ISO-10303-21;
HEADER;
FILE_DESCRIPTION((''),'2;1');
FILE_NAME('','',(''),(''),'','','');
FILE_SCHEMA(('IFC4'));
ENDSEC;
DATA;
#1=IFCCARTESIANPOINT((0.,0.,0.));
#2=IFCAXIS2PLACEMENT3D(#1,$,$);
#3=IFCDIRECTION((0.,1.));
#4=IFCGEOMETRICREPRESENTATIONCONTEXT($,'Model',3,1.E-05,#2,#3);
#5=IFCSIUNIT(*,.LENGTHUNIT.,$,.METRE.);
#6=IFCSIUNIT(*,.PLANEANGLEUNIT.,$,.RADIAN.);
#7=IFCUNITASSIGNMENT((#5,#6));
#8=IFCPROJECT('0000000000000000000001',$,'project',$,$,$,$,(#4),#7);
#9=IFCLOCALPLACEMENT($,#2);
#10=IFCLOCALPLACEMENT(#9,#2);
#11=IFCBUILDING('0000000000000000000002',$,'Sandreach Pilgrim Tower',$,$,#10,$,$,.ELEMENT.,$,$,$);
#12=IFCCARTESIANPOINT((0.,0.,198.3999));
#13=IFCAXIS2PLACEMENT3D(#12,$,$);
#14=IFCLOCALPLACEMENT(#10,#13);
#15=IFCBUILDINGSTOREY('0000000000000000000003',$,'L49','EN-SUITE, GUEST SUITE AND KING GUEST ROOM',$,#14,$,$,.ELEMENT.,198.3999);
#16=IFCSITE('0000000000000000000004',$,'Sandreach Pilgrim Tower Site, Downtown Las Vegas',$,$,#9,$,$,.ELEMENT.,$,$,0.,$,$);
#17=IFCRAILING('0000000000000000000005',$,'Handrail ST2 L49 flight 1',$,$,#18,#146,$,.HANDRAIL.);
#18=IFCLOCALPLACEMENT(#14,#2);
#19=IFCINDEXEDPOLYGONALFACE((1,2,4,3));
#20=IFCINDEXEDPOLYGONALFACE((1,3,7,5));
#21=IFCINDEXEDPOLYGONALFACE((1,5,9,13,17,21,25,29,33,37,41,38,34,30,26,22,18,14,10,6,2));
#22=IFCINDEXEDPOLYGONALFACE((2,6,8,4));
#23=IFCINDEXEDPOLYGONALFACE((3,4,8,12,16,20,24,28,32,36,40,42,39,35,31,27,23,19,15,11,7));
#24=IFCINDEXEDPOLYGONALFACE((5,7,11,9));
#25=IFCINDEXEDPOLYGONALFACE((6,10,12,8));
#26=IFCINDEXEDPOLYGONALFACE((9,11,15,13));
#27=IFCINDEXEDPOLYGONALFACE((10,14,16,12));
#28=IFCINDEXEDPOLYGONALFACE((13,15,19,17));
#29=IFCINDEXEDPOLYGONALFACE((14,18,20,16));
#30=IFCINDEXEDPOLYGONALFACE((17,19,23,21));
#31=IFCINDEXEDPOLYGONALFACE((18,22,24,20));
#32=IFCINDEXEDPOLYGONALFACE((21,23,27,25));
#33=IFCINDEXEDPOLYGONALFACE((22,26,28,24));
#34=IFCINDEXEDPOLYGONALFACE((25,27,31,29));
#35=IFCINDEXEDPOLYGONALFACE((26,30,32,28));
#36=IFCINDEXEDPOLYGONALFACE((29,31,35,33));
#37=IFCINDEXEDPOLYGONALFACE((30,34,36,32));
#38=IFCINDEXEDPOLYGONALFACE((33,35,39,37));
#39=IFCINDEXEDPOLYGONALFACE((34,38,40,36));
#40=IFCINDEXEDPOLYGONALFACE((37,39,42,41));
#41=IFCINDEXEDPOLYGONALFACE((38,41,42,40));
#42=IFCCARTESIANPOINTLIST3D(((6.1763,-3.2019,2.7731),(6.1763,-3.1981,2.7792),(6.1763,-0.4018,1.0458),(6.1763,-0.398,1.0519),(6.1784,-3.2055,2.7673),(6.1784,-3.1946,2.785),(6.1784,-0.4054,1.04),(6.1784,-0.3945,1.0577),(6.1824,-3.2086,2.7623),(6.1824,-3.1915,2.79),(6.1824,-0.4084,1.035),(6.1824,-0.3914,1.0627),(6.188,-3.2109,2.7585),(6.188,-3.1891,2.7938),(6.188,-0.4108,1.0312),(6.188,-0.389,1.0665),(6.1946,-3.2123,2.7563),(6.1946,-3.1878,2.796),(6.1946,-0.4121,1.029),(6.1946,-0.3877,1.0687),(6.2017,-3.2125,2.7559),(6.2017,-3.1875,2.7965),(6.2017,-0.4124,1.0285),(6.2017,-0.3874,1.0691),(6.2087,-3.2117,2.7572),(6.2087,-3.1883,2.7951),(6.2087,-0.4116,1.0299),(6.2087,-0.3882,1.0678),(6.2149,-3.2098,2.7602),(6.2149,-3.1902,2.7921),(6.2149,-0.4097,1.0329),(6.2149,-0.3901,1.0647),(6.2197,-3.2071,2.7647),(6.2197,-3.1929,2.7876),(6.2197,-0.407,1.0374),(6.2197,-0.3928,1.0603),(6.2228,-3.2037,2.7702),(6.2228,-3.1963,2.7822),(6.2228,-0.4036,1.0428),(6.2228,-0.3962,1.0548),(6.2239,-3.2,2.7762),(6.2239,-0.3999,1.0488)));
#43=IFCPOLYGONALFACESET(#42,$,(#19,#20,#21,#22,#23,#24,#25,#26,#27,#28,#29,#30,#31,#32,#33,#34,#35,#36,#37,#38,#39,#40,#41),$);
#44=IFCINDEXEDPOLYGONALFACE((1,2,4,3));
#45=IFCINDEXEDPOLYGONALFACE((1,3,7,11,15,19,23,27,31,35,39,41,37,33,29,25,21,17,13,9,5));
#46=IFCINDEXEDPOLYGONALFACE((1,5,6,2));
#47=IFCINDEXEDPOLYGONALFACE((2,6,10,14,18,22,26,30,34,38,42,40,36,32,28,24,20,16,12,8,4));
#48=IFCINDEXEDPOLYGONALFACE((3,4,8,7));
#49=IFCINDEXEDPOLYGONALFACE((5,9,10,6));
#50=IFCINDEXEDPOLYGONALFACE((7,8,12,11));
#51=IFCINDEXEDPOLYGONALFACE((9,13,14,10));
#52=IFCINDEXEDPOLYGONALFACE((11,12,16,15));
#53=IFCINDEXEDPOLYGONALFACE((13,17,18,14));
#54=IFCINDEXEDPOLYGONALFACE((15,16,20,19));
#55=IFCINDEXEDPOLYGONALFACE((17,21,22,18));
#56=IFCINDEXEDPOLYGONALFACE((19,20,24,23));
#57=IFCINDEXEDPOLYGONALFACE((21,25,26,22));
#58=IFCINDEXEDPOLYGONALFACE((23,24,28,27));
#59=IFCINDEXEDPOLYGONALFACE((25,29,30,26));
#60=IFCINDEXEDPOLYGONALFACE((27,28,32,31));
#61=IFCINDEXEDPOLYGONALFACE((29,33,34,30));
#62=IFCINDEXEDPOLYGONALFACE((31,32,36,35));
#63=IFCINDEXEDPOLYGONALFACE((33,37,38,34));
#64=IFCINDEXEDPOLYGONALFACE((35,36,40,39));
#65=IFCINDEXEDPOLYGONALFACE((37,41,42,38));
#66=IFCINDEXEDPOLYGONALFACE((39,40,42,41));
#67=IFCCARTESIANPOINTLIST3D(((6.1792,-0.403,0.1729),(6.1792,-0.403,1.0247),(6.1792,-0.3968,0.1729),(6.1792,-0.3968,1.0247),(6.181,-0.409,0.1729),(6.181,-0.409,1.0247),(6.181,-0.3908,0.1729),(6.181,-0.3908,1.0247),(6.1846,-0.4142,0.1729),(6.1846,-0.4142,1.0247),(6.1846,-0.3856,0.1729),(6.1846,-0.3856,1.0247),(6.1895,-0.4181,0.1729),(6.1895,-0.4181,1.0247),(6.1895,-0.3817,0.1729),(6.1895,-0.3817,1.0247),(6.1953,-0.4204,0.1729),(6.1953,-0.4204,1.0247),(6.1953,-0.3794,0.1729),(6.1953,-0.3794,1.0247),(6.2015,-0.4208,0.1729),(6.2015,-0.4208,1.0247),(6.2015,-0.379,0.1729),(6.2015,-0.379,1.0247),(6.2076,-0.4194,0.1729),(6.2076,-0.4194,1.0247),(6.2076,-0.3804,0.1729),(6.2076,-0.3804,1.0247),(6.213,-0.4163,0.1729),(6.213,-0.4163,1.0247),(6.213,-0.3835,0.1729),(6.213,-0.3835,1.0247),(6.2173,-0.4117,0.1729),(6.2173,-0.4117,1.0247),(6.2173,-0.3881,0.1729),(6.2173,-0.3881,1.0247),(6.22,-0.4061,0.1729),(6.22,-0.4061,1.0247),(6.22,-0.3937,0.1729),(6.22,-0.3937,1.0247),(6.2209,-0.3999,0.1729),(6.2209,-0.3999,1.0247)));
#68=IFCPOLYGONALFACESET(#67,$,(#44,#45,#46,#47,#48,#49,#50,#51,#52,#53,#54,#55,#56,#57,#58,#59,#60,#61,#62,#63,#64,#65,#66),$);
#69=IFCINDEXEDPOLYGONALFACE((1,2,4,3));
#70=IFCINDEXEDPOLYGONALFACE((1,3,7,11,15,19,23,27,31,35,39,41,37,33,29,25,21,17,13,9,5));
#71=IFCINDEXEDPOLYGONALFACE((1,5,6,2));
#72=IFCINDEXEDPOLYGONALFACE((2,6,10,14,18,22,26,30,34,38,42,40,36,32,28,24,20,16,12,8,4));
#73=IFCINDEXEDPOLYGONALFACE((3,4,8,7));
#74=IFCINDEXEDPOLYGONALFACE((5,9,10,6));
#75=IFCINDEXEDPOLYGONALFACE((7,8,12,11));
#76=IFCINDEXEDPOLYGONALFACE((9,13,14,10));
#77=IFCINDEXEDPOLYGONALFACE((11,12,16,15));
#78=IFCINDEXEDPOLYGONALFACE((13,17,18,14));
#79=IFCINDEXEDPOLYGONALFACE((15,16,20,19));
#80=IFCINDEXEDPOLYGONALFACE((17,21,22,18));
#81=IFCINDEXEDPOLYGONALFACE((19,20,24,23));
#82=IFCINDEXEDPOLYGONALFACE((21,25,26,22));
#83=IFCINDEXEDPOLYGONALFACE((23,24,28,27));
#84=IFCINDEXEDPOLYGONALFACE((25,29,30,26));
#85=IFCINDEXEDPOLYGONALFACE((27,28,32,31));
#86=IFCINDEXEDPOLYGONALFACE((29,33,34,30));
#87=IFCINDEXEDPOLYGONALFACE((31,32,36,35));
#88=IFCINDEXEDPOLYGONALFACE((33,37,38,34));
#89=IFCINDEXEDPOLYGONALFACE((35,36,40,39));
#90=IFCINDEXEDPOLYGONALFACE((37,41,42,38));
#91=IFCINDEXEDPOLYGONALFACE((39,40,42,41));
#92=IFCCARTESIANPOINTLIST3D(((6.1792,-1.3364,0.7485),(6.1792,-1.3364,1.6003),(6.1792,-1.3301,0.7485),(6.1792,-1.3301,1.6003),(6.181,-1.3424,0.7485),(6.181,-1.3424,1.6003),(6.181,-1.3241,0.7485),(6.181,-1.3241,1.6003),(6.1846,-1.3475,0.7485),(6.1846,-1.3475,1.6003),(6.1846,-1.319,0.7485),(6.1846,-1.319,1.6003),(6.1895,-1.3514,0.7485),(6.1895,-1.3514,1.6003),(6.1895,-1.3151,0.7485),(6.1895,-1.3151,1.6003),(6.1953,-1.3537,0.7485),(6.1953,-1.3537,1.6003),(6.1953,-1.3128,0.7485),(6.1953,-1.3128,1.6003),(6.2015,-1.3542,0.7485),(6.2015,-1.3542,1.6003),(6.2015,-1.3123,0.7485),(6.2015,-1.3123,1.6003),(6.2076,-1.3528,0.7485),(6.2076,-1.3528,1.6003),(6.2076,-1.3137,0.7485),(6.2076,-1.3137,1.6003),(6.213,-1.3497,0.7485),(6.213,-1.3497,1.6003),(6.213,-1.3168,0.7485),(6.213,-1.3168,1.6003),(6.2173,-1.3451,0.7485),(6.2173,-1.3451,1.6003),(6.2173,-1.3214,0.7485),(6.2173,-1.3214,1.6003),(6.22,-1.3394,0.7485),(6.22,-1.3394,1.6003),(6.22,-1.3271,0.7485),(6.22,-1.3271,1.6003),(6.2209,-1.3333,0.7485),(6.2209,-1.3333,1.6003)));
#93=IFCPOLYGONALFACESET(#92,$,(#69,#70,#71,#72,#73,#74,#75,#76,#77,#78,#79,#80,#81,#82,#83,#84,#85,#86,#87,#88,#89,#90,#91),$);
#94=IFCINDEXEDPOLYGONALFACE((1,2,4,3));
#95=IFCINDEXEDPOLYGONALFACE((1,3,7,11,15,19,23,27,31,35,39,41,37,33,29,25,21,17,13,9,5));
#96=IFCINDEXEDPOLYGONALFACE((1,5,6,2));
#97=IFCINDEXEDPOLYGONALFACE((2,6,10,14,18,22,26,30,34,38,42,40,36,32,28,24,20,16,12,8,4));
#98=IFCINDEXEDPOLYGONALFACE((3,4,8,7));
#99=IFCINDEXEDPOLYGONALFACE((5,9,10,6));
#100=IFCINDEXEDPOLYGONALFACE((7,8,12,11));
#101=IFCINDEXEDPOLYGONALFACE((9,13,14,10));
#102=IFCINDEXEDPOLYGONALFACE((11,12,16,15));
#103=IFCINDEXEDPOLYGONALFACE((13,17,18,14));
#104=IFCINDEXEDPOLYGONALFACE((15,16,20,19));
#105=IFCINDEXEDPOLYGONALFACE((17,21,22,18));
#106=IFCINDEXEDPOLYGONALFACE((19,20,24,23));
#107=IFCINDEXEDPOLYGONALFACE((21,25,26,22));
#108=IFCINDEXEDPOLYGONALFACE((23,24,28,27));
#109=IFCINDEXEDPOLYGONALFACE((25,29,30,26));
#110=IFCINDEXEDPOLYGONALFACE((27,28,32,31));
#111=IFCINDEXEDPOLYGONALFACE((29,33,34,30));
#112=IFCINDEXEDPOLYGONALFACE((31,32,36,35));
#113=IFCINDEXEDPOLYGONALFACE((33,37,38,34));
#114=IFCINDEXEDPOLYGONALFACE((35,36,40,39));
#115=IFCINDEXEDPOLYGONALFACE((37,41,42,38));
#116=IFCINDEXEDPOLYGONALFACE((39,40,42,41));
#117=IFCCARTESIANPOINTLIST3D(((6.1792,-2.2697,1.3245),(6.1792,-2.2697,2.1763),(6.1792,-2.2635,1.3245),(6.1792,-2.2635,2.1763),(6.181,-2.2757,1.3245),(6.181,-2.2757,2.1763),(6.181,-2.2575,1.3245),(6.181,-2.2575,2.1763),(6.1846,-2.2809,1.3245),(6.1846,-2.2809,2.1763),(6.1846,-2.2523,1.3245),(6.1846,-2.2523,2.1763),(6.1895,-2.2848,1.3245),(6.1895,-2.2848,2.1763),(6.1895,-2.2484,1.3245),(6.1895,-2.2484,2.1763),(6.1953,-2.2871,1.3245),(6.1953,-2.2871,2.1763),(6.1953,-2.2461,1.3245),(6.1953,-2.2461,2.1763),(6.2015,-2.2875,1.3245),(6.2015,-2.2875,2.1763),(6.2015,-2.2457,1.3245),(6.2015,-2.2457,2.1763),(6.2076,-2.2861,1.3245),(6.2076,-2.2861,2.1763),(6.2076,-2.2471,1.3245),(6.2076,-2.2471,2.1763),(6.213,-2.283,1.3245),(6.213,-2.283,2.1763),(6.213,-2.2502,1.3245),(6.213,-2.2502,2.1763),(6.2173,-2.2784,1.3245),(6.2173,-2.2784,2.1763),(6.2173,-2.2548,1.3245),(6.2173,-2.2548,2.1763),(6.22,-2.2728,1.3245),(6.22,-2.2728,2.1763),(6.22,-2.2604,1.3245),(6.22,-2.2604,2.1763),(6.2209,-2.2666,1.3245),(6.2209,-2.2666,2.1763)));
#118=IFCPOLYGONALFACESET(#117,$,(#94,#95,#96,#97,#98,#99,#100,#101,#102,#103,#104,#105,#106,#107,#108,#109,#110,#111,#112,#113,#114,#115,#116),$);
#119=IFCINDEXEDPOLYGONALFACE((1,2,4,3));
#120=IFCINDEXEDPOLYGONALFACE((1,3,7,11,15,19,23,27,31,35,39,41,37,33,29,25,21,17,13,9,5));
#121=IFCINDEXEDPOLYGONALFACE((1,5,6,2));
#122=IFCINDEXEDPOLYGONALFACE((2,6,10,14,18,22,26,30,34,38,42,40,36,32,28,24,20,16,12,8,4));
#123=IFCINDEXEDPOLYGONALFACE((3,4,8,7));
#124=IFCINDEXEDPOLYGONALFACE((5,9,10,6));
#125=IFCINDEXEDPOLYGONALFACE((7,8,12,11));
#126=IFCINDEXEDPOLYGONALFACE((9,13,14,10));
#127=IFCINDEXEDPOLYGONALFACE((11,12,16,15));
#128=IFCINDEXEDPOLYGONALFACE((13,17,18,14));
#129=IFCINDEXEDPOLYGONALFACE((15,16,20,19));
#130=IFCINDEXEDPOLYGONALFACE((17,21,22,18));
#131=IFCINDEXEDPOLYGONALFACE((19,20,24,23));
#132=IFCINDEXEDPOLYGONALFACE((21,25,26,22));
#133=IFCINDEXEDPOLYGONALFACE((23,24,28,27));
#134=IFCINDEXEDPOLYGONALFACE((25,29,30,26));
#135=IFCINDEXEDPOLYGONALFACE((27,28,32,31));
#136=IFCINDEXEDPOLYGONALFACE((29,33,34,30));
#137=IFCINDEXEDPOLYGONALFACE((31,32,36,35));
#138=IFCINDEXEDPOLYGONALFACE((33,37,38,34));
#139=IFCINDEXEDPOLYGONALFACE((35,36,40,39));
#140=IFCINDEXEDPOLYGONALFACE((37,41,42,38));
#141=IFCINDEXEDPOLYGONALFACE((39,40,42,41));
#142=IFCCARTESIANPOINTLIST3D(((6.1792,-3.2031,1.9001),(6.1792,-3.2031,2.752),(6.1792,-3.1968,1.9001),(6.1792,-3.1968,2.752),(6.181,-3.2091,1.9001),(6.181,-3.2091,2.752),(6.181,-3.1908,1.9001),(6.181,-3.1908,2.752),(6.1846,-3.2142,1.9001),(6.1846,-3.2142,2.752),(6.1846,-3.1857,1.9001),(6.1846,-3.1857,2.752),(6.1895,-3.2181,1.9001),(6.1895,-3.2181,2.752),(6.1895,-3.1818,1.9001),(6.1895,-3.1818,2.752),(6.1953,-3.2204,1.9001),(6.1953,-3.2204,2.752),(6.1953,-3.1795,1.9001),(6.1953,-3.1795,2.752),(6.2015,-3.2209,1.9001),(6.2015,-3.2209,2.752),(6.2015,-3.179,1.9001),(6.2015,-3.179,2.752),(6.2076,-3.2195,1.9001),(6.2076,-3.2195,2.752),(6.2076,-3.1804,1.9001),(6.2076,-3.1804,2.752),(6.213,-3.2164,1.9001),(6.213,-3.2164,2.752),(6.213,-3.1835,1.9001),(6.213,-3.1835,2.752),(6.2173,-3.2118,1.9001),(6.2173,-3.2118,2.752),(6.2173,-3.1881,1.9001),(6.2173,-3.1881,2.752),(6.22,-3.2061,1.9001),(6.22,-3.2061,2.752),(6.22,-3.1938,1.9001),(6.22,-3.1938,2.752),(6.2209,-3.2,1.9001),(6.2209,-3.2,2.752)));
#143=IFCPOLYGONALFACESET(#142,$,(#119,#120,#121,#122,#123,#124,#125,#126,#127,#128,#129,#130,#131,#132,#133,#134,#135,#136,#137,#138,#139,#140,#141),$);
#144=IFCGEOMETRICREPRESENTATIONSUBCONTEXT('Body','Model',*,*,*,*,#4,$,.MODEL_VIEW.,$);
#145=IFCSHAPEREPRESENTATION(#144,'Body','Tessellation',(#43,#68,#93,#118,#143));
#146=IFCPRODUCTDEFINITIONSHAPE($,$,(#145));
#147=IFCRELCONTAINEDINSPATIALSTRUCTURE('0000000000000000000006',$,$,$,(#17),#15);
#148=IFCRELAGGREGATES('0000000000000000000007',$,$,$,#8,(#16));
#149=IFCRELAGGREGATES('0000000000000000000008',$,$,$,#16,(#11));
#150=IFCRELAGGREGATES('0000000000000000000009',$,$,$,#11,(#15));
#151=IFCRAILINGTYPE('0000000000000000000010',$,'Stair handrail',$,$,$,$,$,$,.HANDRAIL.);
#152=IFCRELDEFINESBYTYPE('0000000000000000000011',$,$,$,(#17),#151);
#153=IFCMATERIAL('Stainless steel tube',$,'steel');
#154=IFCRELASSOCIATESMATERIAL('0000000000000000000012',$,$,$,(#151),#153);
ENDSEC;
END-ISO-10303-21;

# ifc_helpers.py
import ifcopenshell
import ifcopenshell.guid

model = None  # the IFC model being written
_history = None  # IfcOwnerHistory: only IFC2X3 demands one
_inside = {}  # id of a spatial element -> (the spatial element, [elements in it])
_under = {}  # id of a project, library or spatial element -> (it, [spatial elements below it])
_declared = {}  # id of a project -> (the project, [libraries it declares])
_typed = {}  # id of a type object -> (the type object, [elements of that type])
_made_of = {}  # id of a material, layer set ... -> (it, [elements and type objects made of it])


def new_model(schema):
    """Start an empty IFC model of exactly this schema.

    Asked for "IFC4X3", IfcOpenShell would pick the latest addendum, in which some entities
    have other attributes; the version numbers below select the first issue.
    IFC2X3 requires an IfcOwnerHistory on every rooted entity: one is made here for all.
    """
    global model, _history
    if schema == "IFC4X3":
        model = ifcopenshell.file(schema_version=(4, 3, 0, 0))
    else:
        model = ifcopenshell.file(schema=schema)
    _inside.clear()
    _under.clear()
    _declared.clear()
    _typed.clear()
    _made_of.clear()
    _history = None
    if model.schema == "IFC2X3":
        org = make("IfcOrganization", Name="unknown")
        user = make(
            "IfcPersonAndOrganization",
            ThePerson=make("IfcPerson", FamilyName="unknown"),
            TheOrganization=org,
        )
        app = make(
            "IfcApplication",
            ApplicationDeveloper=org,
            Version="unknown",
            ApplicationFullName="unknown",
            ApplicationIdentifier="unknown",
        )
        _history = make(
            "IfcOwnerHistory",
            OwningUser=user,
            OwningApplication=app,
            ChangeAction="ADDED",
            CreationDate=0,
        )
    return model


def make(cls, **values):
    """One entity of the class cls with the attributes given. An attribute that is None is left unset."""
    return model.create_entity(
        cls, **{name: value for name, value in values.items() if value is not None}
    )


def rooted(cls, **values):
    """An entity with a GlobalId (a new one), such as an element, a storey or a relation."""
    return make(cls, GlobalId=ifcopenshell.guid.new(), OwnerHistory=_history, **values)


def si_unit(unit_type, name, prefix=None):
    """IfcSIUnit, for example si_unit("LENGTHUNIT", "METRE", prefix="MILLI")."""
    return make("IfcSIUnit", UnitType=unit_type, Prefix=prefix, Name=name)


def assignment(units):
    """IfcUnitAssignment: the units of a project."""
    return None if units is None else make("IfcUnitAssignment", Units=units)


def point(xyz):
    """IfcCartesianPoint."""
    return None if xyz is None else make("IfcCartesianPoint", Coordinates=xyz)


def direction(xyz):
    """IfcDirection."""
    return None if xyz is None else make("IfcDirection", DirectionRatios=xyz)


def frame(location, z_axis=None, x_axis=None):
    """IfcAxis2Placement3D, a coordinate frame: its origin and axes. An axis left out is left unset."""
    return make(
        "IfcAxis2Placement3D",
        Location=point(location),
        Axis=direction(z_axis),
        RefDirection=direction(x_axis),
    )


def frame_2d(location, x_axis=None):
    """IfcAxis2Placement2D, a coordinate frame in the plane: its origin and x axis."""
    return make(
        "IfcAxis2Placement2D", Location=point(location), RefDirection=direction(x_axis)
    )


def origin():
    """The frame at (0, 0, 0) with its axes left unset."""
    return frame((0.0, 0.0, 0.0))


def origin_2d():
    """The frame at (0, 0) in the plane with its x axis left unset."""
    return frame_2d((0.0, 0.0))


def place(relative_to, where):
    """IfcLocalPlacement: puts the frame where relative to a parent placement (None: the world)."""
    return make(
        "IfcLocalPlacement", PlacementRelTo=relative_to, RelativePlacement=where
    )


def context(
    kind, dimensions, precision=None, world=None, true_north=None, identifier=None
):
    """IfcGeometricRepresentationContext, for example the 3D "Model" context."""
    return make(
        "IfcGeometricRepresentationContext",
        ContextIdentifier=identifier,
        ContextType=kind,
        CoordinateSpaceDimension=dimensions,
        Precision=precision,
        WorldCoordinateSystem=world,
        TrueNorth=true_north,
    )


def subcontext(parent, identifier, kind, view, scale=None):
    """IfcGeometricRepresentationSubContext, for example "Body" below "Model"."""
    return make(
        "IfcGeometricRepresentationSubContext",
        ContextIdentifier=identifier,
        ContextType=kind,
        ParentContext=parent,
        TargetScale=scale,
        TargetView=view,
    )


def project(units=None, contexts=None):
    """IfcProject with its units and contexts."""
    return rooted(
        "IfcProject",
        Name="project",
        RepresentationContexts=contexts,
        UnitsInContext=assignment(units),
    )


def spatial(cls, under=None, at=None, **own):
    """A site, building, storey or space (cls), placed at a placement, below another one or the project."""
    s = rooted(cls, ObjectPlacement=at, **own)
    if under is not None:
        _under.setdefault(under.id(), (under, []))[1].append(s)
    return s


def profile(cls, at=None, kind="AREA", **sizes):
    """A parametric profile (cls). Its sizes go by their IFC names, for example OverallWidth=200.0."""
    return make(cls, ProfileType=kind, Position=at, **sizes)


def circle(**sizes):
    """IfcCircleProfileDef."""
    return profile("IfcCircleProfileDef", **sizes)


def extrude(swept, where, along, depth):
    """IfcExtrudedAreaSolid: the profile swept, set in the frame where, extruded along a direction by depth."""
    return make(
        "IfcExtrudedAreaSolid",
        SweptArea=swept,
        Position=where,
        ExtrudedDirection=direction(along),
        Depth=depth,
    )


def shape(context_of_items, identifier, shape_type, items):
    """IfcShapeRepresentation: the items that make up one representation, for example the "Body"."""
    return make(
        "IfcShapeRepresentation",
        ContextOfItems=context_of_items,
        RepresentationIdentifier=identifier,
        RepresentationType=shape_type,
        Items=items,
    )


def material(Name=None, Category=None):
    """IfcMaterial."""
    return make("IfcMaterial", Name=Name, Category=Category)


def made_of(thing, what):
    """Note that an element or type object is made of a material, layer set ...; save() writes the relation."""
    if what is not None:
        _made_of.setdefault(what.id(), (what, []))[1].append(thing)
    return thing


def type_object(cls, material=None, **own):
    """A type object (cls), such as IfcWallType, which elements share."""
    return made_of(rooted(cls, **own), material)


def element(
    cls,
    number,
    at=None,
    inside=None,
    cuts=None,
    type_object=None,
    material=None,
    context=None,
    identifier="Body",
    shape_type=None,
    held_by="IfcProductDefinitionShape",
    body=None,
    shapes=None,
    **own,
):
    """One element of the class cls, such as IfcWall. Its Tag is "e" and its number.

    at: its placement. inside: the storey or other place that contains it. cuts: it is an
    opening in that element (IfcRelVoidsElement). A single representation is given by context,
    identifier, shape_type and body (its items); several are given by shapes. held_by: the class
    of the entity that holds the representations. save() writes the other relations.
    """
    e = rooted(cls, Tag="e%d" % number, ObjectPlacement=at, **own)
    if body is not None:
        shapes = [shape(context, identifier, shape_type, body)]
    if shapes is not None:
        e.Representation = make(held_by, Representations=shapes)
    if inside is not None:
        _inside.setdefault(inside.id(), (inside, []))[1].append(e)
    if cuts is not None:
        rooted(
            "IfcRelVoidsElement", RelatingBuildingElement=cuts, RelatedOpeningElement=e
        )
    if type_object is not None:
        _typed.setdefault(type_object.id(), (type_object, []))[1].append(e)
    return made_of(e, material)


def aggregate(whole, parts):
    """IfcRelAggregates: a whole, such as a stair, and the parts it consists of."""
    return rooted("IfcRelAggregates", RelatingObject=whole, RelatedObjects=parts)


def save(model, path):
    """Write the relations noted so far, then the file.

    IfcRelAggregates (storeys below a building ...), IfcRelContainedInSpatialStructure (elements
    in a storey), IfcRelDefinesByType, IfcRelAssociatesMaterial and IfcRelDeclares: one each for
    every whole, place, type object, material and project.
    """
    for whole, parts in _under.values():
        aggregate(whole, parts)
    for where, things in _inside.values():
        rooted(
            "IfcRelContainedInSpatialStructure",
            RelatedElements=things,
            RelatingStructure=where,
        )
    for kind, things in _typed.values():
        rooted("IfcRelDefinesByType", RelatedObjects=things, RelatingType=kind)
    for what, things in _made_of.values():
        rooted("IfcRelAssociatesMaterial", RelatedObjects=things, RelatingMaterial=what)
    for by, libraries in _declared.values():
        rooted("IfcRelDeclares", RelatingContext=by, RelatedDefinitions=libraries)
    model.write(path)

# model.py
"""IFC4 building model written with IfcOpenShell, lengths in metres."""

from ifc_helpers import new_model, si_unit, direction, frame, origin, origin_2d, place, context, subcontext, project, spatial, circle, extrude, material, type_object, element, save


model = new_model("IFC4")

# Units and contexts
model_context = context("Model", 3, precision=1e-05, world=origin(), true_north=direction((0.0, 1.0)))
body_context = subcontext(model_context, "Body", "Model", "MODEL_VIEW")
ifc_project = project(units=[si_unit("LENGTHUNIT", "METRE"), si_unit("PLANEANGLEUNIT", "RADIAN")], contexts=[model_context])

# Site, building, storey
site_placement = place(None, origin())
site = spatial("IfcSite", under=ifc_project, at=site_placement, Name="Sandreach Pilgrim Tower Site, Downtown Las Vegas", CompositionType="ELEMENT", RefElevation=0.0)
building_placement = place(site_placement, origin())
building = spatial("IfcBuilding", under=site, at=building_placement, Name="Sandreach Pilgrim Tower", CompositionType="ELEMENT")
storey_placement = place(building_placement, frame((0.0, 0.0, 198.3999)))
storey = spatial("IfcBuildingStorey", under=building, at=storey_placement, Name="L49", Description="EN-SUITE, GUEST SUITE AND KING GUEST ROOM", CompositionType="ELEMENT", Elevation=198.3999)

# Railing
ifc_material_1 = material(Name="Stainless steel tube", Category="steel")
railing_type = type_object("IfcRailingType", Name="Stair handrail", PredefinedType="HANDRAIL", material=ifc_material_1)
for number, where, name in (
    (1, (6.2, -0.3999, 0.1729), "Handrail ST2 L49 flight 1"),
):
    element("IfcRailing", number, at=place(storey_placement, frame(where)), inside=storey, type_object=railing_type, Name=name, PredefinedType="HANDRAIL", context=body_context, shape_type="SweptSolid", body=[
        extrude(circle(Radius=0.0239, at=origin_2d()), frame((0.0, 0.0, 0.876), z_axis=(0.0, -0.85109, 0.52502), x_axis=(1.0, 0.0, 0.0)), (0.0, 0.0, 1.0), 3.29),
        extrude(circle(Radius=0.021, at=origin_2d()), origin(), (0.0, 0.0, 1.0), 0.8518),
        extrude(circle(Radius=0.021, at=origin_2d()), frame((0.0, -0.9333, 0.5757)), (0.0, 0.0, 1.0), 0.8518),
        extrude(circle(Radius=0.021, at=origin_2d()), frame((0.0, -1.8667, 1.1516)), (0.0, 0.0, 1.0), 0.8518),
        extrude(circle(Radius=0.021, at=origin_2d()), frame((0.0, -2.8, 1.7273)), (0.0, 0.0, 1.0), 0.8518),
    ])

save(model, "model.ifc")
